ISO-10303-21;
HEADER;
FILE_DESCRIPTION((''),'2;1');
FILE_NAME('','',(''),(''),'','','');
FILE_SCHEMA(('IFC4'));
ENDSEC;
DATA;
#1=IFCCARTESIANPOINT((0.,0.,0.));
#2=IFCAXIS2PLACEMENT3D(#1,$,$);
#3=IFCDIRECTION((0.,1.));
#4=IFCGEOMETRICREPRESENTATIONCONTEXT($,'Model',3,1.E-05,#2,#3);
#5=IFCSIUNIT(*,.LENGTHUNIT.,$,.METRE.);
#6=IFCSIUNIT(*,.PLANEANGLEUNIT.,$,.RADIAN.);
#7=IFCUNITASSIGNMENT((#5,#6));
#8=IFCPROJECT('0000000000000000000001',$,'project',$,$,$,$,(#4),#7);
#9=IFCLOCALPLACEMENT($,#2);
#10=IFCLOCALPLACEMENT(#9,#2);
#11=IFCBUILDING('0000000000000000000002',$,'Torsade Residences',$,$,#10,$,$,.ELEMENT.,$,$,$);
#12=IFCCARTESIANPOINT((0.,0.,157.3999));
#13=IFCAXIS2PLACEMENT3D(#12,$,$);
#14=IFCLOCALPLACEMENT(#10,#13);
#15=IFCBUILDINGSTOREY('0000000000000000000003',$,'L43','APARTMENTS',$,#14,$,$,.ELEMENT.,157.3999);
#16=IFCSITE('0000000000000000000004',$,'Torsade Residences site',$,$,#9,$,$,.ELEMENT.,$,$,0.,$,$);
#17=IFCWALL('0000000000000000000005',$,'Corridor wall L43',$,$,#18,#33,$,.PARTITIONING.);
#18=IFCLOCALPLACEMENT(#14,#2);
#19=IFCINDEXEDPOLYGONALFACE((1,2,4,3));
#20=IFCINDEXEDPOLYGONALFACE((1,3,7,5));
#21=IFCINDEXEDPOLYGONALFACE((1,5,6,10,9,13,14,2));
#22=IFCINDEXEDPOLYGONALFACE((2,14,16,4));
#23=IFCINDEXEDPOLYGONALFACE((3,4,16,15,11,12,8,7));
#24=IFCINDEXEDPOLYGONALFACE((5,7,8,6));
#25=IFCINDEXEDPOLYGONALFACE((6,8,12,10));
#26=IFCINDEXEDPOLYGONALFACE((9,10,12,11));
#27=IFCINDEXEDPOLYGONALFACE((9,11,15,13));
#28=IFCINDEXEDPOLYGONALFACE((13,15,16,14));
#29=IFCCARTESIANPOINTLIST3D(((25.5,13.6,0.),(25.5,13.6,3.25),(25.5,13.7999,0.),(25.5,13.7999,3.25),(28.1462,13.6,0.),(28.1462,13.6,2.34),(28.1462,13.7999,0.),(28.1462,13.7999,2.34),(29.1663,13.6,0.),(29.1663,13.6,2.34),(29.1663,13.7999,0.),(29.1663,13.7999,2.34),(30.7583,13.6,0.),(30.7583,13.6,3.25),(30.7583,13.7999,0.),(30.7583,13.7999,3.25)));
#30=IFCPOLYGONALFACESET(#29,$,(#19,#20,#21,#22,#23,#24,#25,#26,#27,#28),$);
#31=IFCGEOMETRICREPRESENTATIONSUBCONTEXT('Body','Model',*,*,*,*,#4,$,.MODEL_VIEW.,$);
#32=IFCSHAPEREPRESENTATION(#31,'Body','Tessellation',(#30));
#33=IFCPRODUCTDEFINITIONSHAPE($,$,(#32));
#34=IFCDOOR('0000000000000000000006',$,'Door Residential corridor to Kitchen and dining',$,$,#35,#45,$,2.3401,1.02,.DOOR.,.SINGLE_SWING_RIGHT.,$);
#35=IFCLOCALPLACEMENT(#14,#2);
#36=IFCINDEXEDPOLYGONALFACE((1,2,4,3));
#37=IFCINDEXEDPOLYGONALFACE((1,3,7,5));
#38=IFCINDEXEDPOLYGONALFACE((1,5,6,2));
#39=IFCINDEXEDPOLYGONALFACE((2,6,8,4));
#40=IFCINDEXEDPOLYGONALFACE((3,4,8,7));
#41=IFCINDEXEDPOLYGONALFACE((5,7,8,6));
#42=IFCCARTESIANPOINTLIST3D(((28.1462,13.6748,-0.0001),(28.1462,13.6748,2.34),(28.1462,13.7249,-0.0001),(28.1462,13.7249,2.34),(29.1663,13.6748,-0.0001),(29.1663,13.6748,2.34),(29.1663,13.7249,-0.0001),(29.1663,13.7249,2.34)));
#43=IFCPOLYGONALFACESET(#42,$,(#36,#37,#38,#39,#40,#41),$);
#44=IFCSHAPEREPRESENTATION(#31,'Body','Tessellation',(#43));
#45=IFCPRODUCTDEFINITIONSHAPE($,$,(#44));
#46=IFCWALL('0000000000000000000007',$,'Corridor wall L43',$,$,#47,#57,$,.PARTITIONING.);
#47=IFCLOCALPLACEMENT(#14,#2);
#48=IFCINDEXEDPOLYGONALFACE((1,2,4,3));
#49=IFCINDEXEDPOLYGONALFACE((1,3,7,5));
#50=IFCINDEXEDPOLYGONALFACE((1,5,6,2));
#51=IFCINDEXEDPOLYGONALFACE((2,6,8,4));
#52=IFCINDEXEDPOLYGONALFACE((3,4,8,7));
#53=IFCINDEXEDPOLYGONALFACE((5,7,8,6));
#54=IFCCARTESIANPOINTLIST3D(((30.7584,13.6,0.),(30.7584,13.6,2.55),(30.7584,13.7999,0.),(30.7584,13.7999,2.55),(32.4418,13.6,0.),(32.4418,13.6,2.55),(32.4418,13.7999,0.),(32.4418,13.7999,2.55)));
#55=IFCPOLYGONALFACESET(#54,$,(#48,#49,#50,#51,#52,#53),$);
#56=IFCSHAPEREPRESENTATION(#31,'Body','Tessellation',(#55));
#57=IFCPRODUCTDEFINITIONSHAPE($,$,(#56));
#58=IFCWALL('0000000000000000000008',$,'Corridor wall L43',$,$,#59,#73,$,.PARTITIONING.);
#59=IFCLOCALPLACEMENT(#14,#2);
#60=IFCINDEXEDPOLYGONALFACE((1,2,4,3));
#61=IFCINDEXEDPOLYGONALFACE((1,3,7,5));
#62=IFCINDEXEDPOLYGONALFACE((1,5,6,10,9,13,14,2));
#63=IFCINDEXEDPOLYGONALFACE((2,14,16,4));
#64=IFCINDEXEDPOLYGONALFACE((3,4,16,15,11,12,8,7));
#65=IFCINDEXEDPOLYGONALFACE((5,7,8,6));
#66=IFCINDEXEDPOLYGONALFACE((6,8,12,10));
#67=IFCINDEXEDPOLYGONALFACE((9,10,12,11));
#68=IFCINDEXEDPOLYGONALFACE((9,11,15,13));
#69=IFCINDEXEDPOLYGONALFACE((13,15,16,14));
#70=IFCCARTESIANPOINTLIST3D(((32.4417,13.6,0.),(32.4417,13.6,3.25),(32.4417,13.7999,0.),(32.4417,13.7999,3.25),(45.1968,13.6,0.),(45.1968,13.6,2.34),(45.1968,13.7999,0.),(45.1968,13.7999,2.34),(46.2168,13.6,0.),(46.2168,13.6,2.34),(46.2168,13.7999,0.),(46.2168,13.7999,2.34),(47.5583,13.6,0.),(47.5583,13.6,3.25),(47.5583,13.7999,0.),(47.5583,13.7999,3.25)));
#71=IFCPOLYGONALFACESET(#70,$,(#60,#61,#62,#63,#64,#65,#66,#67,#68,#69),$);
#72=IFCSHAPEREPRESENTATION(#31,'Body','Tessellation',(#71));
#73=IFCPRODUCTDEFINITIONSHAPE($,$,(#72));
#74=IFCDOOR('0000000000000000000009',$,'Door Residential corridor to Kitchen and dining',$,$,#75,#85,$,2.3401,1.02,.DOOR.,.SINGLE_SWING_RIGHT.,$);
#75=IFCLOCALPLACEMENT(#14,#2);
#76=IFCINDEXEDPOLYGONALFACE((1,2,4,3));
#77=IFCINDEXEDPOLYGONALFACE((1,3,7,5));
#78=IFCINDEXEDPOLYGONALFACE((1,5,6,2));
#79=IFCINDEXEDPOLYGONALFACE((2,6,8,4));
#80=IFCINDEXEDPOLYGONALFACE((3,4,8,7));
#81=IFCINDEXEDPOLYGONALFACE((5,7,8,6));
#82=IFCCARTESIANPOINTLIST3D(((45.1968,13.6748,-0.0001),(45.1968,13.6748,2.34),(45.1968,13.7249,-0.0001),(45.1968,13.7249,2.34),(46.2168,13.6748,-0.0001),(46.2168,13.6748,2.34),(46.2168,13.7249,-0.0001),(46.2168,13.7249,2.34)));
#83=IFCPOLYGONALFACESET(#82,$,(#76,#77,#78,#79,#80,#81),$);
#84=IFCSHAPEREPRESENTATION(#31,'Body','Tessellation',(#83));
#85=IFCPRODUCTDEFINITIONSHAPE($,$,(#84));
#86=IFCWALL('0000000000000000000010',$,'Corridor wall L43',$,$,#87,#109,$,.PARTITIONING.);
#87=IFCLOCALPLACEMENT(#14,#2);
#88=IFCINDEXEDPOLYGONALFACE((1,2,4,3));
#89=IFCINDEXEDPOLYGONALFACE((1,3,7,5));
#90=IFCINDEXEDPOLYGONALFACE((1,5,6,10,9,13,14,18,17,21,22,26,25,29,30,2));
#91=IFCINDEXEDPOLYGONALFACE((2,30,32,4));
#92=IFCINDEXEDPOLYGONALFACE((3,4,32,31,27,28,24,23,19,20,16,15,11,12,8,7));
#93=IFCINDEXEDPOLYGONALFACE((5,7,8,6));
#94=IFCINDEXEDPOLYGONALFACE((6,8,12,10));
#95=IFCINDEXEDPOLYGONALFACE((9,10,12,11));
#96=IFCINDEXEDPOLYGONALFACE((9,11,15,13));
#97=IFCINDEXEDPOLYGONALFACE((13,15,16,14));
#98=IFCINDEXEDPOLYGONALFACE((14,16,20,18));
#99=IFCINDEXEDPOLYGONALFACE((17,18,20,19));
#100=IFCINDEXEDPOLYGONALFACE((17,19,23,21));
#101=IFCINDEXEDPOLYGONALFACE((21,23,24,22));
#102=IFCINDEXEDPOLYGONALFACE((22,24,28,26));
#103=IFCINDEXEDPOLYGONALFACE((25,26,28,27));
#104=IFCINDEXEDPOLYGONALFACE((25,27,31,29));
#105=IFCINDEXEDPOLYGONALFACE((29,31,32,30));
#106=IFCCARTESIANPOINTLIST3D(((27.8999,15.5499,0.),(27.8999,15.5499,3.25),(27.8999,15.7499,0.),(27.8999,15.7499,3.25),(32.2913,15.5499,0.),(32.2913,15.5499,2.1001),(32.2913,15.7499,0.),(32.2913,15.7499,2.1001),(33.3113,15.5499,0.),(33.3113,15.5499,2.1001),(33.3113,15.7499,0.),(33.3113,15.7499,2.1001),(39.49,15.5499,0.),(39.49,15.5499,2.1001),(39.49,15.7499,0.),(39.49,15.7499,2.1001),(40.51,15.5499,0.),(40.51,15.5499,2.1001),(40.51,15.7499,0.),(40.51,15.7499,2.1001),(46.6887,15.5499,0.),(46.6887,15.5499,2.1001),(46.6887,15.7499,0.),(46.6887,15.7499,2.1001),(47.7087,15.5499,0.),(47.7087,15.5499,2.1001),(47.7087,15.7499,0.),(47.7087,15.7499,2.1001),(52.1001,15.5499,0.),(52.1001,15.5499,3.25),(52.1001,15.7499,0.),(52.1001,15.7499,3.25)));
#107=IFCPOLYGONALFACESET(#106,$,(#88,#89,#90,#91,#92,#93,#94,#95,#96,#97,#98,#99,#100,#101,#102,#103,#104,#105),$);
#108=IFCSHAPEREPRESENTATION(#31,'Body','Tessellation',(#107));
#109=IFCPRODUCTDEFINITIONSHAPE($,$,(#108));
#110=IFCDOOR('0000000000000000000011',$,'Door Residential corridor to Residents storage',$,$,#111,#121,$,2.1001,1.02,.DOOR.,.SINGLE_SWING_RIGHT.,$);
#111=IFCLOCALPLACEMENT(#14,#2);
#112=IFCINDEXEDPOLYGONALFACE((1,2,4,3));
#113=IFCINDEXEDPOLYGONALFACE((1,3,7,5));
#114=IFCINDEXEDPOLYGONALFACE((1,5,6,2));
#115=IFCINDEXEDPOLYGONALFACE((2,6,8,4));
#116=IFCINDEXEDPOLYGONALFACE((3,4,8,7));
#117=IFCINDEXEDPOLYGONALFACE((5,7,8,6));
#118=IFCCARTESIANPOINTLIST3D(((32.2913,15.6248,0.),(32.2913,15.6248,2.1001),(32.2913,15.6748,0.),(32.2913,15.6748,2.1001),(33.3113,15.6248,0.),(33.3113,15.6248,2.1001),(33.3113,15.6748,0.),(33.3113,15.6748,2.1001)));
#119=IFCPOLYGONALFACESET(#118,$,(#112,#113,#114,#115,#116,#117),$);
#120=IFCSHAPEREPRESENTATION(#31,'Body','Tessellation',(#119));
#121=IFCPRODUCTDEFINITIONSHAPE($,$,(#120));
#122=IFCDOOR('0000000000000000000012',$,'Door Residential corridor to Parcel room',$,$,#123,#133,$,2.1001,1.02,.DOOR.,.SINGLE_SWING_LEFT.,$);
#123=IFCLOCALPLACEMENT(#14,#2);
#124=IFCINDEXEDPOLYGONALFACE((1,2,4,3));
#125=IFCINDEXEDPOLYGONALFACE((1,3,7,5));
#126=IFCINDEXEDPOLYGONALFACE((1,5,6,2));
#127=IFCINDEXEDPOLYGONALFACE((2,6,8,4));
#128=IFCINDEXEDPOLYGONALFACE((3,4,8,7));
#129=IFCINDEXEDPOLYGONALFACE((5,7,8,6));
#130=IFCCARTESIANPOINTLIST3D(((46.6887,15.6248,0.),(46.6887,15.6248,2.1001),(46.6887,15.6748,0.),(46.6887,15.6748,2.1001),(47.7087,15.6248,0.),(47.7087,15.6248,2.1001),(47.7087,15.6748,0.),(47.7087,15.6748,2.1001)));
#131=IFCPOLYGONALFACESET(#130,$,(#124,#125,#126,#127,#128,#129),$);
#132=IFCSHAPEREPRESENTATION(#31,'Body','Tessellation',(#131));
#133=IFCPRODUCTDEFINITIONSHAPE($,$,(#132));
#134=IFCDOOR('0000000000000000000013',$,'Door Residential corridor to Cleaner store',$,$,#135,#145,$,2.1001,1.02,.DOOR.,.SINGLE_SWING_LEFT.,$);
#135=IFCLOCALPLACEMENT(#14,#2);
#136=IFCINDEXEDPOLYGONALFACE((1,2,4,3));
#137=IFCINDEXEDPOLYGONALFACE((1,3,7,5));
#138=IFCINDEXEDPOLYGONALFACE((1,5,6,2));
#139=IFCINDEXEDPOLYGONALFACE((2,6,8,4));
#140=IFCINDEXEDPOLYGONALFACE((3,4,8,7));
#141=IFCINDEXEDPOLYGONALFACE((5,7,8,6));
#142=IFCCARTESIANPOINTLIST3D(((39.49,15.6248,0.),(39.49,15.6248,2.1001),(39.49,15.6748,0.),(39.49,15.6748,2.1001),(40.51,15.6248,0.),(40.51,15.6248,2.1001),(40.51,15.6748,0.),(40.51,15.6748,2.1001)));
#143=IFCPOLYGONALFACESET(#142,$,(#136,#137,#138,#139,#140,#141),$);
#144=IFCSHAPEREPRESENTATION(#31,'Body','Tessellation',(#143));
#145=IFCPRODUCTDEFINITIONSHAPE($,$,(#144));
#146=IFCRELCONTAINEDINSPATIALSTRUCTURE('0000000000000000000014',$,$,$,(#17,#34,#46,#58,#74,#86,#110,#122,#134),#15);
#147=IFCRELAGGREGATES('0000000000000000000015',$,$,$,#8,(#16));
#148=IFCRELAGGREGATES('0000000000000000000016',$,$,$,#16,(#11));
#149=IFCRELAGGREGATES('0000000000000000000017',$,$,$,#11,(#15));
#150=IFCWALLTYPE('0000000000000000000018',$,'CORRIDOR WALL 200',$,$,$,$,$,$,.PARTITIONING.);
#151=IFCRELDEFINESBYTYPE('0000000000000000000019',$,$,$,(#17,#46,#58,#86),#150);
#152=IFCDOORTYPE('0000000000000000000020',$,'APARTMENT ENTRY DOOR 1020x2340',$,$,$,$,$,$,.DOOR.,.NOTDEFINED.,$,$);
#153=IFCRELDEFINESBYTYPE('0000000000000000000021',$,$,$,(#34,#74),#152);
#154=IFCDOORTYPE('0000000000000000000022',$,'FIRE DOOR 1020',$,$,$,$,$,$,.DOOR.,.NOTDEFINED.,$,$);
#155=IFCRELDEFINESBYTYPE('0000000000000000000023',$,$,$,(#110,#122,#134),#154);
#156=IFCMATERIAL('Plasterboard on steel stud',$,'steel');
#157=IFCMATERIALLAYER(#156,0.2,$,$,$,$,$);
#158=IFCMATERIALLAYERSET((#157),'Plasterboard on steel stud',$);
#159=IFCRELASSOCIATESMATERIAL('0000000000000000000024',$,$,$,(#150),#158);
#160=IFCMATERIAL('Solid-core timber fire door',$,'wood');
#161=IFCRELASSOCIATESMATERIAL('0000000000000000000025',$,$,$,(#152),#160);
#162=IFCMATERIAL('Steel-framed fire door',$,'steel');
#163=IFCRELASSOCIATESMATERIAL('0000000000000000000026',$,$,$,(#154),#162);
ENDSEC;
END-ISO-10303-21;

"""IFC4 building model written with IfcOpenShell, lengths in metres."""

from ifc_helpers import new_model, si_unit, direction, frame, frame_2d, origin, place, context, subcontext, project, spatial, rectangle, extrude, material, layer, layer_set, type_object, element, fill, save


model = new_model("IFC4")

# Units and contexts
model_context = context("Model", 3, precision=1e-05, world=origin(), true_north=direction((0.0, 1.0)))
body_context = subcontext(model_context, "Body", "Model", "MODEL_VIEW")
ifc_project = project(units=[si_unit("LENGTHUNIT", "METRE"), si_unit("PLANEANGLEUNIT", "RADIAN")], contexts=[model_context])

# Site, building, storey
site_placement = place(None, origin())
site = spatial("IfcSite", under=ifc_project, at=site_placement, Name="Torsade Residences site", CompositionType="ELEMENT", RefElevation=0.0)
building_placement = place(site_placement, origin())
building = spatial("IfcBuilding", under=site, at=building_placement, Name="Torsade Residences", CompositionType="ELEMENT")
storey_placement = place(building_placement, frame((0.0, 0.0, 157.3999)))
storey = spatial("IfcBuildingStorey", under=building, at=storey_placement, Name="L43", Description="APARTMENTS", CompositionType="ELEMENT", Elevation=157.3999)

# Wall, opening, door
ifc_material_1 = material(Name="Plasterboard on steel stud", Category="steel")
ifc_layer_1 = layer(ifc_material_1, 0.2)
ifc_layer_set_1 = layer_set([ifc_layer_1], Name="Plasterboard on steel stud")
wall_type_1 = type_object("IfcWallType", Name="CORRIDOR WALL 200", PredefinedType="PARTITIONING", material=ifc_layer_set_1)
wall_1_placement = place(storey_placement, frame((25.5, 13.7, 0.0), z_axis=(0.0, 0.0, 1.0), x_axis=(1.0, 0.0, 0.0)))
wall_1 = element("IfcWall", 1, at=wall_1_placement, inside=storey, type_object=wall_type_1, Name="Corridor wall L43", PredefinedType="PARTITIONING", context=body_context, shape_type="SweptSolid", body=[
    extrude(rectangle(XDim=5.2583, YDim=0.2, at=frame_2d((2.6292, 0.0))), origin(), (0.0, 0.0, 1.0), 3.25),
])
opening_1_placement = place(wall_1_placement, frame((2.6462, 0.0, 0.0)))
opening_1 = element("IfcOpeningElement", 2, at=opening_1_placement, cuts=wall_1, PredefinedType="OPENING", context=body_context, shape_type="SweptSolid", body=[
    extrude(rectangle(XDim=1.02, YDim=2.3401, at=frame_2d((0.51, 1.1699))), frame((0.0, 0.1099, 0.0), z_axis=(0.0, -1.0, 0.0), x_axis=(1.0, 0.0, 0.0)), (0.0, 0.0, 1.0), 0.22),
])
ifc_material_2 = material(Name="Solid-core timber fire door", Category="wood")
door_type_1 = type_object("IfcDoorType", Name="APARTMENT ENTRY DOOR 1020x2340", OperationType="NOTDEFINED", PredefinedType="DOOR", material=ifc_material_2)
door_1_placement = place(opening_1_placement, origin())
door_1 = element("IfcDoor", 3, at=door_1_placement, inside=storey, type_object=door_type_1, Name="Door Residential corridor to Kitchen and dining", OperationType="SINGLE_SWING_RIGHT", OverallHeight=2.3401, OverallWidth=1.02, PredefinedType="DOOR", context=body_context, shape_type="SweptSolid", body=[
    extrude(rectangle(XDim=1.02, YDim=2.3401, at=frame_2d((0.51, 1.1699))), frame((0.0, 0.0249, 0.0), z_axis=(0.0, -1.0, 0.0), x_axis=(1.0, 0.0, 0.0)), (0.0, 0.0, 1.0), 0.05),
])
fill(opening_1, door_1)

# Wall
wall_2_placement = place(storey_placement, frame((30.7583, 13.7, 0.0), z_axis=(0.0, 0.0, 1.0), x_axis=(1.0, 0.0, 0.0)))
element("IfcWall", 4, at=wall_2_placement, inside=storey, type_object=wall_type_1, Name="Corridor wall L43", PredefinedType="PARTITIONING", context=body_context, shape_type="SweptSolid", body=[
    extrude(rectangle(XDim=1.6833, YDim=0.2, at=frame_2d((0.8418, 0.0))), origin(), (0.0, 0.0, 1.0), 2.55),
])

# Wall, opening, door
wall_3_placement = place(storey_placement, frame((32.4417, 13.7, 0.0), z_axis=(0.0, 0.0, 1.0), x_axis=(1.0, 0.0, 0.0)))
wall_3 = element("IfcWall", 5, at=wall_3_placement, inside=storey, type_object=wall_type_1, Name="Corridor wall L43", PredefinedType="PARTITIONING", context=body_context, shape_type="SweptSolid", body=[
    extrude(rectangle(XDim=15.1167, YDim=0.2, at=frame_2d((7.5583, 0.0))), origin(), (0.0, 0.0, 1.0), 3.25),
])
opening_2_placement = place(wall_3_placement, frame((12.7551, 0.0, 0.0)))
opening_2 = element("IfcOpeningElement", 6, at=opening_2_placement, cuts=wall_3, PredefinedType="OPENING", context=body_context, shape_type="SweptSolid", body=[
    extrude(rectangle(XDim=1.02, YDim=2.3401, at=frame_2d((0.51, 1.1699))), frame((0.0, 0.1099, 0.0), z_axis=(0.0, -1.0, 0.0), x_axis=(1.0, 0.0, 0.0)), (0.0, 0.0, 1.0), 0.22),
])
door_2_placement = place(opening_2_placement, origin())
door_2 = element("IfcDoor", 7, at=door_2_placement, inside=storey, type_object=door_type_1, Name="Door Residential corridor to Kitchen and dining", OperationType="SINGLE_SWING_RIGHT", OverallHeight=2.3401, OverallWidth=1.02, PredefinedType="DOOR", context=body_context, shape_type="SweptSolid", body=[
    extrude(rectangle(XDim=1.02, YDim=2.3401, at=frame_2d((0.51, 1.1699))), frame((0.0, 0.0249, 0.0), z_axis=(0.0, -1.0, 0.0), x_axis=(1.0, 0.0, 0.0)), (0.0, 0.0, 1.0), 0.05),
])
fill(opening_2, door_2)

# Wall, openings, doors
wall_4_placement = place(storey_placement, frame((27.8999, 15.6499, 0.0), z_axis=(0.0, 0.0, 1.0), x_axis=(1.0, 0.0, 0.0)))
wall_4 = element("IfcWall", 8, at=wall_4_placement, inside=storey, type_object=wall_type_1, Name="Corridor wall L43", PredefinedType="PARTITIONING", context=body_context, shape_type="SweptSolid", body=[
    extrude(rectangle(XDim=24.2002, YDim=0.2, at=frame_2d((12.1001, 0.0))), origin(), (0.0, 0.0, 1.0), 3.25),
])
opening_3_placement = place(wall_4_placement, frame((4.3914, 0.0, 0.0)))
opening_3 = element("IfcOpeningElement", 9, at=opening_3_placement, cuts=wall_4, PredefinedType="OPENING", context=body_context, shape_type="SweptSolid", body=[
    extrude(rectangle(XDim=1.02, YDim=2.1001, at=frame_2d((0.51, 1.05))), frame((0.0, 0.1099, 0.0), z_axis=(0.0, -1.0, 0.0), x_axis=(1.0, 0.0, 0.0)), (0.0, 0.0, 1.0), 0.22),
])
opening_4_placement = place(wall_4_placement, frame((18.7888, 0.0, 0.0)))
opening_4 = element("IfcOpeningElement", 10, at=opening_4_placement, cuts=wall_4, PredefinedType="OPENING", context=body_context, shape_type="SweptSolid", body=[
    extrude(rectangle(XDim=1.02, YDim=2.1001, at=frame_2d((0.51, 1.05))), frame((0.0, 0.1099, 0.0), z_axis=(0.0, -1.0, 0.0), x_axis=(1.0, 0.0, 0.0)), (0.0, 0.0, 1.0), 0.22),
])
opening_5_placement = place(wall_4_placement, frame((11.5901, 0.0, 0.0)))
opening_5 = element("IfcOpeningElement", 11, at=opening_5_placement, cuts=wall_4, PredefinedType="OPENING", context=body_context, shape_type="SweptSolid", body=[
    extrude(rectangle(XDim=1.02, YDim=2.1001, at=frame_2d((0.51, 1.05))), frame((0.0, 0.1099, 0.0), z_axis=(0.0, -1.0, 0.0), x_axis=(1.0, 0.0, 0.0)), (0.0, 0.0, 1.0), 0.22),
])
ifc_material_3 = material(Name="Steel-framed fire door", Category="steel")
door_type_2 = type_object("IfcDoorType", Name="FIRE DOOR 1020", OperationType="NOTDEFINED", PredefinedType="DOOR", material=ifc_material_3)
door_3_placement = place(opening_3_placement, origin())
door_3 = element("IfcDoor", 12, at=door_3_placement, inside=storey, type_object=door_type_2, Name="Door Residential corridor to Residents storage", OperationType="SINGLE_SWING_RIGHT", OverallHeight=2.1001, OverallWidth=1.02, PredefinedType="DOOR", context=body_context, shape_type="SweptSolid", body=[
    extrude(rectangle(XDim=1.02, YDim=2.1001, at=frame_2d((0.51, 1.05))), frame((0.0, 0.0249, 0.0), z_axis=(0.0, -1.0, 0.0), x_axis=(1.0, 0.0, 0.0)), (0.0, 0.0, 1.0), 0.05),
])
fill(opening_3, door_3)
door_4_placement = place(opening_4_placement, origin())
door_4 = element("IfcDoor", 13, at=door_4_placement, inside=storey, type_object=door_type_2, Name="Door Residential corridor to Parcel room", OperationType="SINGLE_SWING_LEFT", OverallHeight=2.1001, OverallWidth=1.02, PredefinedType="DOOR", context=body_context, shape_type="SweptSolid", body=[
    extrude(rectangle(XDim=1.02, YDim=2.1001, at=frame_2d((0.51, 1.05))), frame((0.0, 0.0249, 0.0), z_axis=(0.0, -1.0, 0.0), x_axis=(1.0, 0.0, 0.0)), (0.0, 0.0, 1.0), 0.05),
])
fill(opening_4, door_4)
door_5_placement = place(opening_5_placement, origin())
door_5 = element("IfcDoor", 14, at=door_5_placement, inside=storey, type_object=door_type_2, Name="Door Residential corridor to Cleaner store", OperationType="SINGLE_SWING_LEFT", OverallHeight=2.1001, OverallWidth=1.02, PredefinedType="DOOR", context=body_context, shape_type="SweptSolid", body=[
    extrude(rectangle(XDim=1.02, YDim=2.1001, at=frame_2d((0.51, 1.05))), frame((0.0, 0.0249, 0.0), z_axis=(0.0, -1.0, 0.0), x_axis=(1.0, 0.0, 0.0)), (0.0, 0.0, 1.0), 0.05),
])
fill(opening_5, door_5)

save(model, "model.ifc")
